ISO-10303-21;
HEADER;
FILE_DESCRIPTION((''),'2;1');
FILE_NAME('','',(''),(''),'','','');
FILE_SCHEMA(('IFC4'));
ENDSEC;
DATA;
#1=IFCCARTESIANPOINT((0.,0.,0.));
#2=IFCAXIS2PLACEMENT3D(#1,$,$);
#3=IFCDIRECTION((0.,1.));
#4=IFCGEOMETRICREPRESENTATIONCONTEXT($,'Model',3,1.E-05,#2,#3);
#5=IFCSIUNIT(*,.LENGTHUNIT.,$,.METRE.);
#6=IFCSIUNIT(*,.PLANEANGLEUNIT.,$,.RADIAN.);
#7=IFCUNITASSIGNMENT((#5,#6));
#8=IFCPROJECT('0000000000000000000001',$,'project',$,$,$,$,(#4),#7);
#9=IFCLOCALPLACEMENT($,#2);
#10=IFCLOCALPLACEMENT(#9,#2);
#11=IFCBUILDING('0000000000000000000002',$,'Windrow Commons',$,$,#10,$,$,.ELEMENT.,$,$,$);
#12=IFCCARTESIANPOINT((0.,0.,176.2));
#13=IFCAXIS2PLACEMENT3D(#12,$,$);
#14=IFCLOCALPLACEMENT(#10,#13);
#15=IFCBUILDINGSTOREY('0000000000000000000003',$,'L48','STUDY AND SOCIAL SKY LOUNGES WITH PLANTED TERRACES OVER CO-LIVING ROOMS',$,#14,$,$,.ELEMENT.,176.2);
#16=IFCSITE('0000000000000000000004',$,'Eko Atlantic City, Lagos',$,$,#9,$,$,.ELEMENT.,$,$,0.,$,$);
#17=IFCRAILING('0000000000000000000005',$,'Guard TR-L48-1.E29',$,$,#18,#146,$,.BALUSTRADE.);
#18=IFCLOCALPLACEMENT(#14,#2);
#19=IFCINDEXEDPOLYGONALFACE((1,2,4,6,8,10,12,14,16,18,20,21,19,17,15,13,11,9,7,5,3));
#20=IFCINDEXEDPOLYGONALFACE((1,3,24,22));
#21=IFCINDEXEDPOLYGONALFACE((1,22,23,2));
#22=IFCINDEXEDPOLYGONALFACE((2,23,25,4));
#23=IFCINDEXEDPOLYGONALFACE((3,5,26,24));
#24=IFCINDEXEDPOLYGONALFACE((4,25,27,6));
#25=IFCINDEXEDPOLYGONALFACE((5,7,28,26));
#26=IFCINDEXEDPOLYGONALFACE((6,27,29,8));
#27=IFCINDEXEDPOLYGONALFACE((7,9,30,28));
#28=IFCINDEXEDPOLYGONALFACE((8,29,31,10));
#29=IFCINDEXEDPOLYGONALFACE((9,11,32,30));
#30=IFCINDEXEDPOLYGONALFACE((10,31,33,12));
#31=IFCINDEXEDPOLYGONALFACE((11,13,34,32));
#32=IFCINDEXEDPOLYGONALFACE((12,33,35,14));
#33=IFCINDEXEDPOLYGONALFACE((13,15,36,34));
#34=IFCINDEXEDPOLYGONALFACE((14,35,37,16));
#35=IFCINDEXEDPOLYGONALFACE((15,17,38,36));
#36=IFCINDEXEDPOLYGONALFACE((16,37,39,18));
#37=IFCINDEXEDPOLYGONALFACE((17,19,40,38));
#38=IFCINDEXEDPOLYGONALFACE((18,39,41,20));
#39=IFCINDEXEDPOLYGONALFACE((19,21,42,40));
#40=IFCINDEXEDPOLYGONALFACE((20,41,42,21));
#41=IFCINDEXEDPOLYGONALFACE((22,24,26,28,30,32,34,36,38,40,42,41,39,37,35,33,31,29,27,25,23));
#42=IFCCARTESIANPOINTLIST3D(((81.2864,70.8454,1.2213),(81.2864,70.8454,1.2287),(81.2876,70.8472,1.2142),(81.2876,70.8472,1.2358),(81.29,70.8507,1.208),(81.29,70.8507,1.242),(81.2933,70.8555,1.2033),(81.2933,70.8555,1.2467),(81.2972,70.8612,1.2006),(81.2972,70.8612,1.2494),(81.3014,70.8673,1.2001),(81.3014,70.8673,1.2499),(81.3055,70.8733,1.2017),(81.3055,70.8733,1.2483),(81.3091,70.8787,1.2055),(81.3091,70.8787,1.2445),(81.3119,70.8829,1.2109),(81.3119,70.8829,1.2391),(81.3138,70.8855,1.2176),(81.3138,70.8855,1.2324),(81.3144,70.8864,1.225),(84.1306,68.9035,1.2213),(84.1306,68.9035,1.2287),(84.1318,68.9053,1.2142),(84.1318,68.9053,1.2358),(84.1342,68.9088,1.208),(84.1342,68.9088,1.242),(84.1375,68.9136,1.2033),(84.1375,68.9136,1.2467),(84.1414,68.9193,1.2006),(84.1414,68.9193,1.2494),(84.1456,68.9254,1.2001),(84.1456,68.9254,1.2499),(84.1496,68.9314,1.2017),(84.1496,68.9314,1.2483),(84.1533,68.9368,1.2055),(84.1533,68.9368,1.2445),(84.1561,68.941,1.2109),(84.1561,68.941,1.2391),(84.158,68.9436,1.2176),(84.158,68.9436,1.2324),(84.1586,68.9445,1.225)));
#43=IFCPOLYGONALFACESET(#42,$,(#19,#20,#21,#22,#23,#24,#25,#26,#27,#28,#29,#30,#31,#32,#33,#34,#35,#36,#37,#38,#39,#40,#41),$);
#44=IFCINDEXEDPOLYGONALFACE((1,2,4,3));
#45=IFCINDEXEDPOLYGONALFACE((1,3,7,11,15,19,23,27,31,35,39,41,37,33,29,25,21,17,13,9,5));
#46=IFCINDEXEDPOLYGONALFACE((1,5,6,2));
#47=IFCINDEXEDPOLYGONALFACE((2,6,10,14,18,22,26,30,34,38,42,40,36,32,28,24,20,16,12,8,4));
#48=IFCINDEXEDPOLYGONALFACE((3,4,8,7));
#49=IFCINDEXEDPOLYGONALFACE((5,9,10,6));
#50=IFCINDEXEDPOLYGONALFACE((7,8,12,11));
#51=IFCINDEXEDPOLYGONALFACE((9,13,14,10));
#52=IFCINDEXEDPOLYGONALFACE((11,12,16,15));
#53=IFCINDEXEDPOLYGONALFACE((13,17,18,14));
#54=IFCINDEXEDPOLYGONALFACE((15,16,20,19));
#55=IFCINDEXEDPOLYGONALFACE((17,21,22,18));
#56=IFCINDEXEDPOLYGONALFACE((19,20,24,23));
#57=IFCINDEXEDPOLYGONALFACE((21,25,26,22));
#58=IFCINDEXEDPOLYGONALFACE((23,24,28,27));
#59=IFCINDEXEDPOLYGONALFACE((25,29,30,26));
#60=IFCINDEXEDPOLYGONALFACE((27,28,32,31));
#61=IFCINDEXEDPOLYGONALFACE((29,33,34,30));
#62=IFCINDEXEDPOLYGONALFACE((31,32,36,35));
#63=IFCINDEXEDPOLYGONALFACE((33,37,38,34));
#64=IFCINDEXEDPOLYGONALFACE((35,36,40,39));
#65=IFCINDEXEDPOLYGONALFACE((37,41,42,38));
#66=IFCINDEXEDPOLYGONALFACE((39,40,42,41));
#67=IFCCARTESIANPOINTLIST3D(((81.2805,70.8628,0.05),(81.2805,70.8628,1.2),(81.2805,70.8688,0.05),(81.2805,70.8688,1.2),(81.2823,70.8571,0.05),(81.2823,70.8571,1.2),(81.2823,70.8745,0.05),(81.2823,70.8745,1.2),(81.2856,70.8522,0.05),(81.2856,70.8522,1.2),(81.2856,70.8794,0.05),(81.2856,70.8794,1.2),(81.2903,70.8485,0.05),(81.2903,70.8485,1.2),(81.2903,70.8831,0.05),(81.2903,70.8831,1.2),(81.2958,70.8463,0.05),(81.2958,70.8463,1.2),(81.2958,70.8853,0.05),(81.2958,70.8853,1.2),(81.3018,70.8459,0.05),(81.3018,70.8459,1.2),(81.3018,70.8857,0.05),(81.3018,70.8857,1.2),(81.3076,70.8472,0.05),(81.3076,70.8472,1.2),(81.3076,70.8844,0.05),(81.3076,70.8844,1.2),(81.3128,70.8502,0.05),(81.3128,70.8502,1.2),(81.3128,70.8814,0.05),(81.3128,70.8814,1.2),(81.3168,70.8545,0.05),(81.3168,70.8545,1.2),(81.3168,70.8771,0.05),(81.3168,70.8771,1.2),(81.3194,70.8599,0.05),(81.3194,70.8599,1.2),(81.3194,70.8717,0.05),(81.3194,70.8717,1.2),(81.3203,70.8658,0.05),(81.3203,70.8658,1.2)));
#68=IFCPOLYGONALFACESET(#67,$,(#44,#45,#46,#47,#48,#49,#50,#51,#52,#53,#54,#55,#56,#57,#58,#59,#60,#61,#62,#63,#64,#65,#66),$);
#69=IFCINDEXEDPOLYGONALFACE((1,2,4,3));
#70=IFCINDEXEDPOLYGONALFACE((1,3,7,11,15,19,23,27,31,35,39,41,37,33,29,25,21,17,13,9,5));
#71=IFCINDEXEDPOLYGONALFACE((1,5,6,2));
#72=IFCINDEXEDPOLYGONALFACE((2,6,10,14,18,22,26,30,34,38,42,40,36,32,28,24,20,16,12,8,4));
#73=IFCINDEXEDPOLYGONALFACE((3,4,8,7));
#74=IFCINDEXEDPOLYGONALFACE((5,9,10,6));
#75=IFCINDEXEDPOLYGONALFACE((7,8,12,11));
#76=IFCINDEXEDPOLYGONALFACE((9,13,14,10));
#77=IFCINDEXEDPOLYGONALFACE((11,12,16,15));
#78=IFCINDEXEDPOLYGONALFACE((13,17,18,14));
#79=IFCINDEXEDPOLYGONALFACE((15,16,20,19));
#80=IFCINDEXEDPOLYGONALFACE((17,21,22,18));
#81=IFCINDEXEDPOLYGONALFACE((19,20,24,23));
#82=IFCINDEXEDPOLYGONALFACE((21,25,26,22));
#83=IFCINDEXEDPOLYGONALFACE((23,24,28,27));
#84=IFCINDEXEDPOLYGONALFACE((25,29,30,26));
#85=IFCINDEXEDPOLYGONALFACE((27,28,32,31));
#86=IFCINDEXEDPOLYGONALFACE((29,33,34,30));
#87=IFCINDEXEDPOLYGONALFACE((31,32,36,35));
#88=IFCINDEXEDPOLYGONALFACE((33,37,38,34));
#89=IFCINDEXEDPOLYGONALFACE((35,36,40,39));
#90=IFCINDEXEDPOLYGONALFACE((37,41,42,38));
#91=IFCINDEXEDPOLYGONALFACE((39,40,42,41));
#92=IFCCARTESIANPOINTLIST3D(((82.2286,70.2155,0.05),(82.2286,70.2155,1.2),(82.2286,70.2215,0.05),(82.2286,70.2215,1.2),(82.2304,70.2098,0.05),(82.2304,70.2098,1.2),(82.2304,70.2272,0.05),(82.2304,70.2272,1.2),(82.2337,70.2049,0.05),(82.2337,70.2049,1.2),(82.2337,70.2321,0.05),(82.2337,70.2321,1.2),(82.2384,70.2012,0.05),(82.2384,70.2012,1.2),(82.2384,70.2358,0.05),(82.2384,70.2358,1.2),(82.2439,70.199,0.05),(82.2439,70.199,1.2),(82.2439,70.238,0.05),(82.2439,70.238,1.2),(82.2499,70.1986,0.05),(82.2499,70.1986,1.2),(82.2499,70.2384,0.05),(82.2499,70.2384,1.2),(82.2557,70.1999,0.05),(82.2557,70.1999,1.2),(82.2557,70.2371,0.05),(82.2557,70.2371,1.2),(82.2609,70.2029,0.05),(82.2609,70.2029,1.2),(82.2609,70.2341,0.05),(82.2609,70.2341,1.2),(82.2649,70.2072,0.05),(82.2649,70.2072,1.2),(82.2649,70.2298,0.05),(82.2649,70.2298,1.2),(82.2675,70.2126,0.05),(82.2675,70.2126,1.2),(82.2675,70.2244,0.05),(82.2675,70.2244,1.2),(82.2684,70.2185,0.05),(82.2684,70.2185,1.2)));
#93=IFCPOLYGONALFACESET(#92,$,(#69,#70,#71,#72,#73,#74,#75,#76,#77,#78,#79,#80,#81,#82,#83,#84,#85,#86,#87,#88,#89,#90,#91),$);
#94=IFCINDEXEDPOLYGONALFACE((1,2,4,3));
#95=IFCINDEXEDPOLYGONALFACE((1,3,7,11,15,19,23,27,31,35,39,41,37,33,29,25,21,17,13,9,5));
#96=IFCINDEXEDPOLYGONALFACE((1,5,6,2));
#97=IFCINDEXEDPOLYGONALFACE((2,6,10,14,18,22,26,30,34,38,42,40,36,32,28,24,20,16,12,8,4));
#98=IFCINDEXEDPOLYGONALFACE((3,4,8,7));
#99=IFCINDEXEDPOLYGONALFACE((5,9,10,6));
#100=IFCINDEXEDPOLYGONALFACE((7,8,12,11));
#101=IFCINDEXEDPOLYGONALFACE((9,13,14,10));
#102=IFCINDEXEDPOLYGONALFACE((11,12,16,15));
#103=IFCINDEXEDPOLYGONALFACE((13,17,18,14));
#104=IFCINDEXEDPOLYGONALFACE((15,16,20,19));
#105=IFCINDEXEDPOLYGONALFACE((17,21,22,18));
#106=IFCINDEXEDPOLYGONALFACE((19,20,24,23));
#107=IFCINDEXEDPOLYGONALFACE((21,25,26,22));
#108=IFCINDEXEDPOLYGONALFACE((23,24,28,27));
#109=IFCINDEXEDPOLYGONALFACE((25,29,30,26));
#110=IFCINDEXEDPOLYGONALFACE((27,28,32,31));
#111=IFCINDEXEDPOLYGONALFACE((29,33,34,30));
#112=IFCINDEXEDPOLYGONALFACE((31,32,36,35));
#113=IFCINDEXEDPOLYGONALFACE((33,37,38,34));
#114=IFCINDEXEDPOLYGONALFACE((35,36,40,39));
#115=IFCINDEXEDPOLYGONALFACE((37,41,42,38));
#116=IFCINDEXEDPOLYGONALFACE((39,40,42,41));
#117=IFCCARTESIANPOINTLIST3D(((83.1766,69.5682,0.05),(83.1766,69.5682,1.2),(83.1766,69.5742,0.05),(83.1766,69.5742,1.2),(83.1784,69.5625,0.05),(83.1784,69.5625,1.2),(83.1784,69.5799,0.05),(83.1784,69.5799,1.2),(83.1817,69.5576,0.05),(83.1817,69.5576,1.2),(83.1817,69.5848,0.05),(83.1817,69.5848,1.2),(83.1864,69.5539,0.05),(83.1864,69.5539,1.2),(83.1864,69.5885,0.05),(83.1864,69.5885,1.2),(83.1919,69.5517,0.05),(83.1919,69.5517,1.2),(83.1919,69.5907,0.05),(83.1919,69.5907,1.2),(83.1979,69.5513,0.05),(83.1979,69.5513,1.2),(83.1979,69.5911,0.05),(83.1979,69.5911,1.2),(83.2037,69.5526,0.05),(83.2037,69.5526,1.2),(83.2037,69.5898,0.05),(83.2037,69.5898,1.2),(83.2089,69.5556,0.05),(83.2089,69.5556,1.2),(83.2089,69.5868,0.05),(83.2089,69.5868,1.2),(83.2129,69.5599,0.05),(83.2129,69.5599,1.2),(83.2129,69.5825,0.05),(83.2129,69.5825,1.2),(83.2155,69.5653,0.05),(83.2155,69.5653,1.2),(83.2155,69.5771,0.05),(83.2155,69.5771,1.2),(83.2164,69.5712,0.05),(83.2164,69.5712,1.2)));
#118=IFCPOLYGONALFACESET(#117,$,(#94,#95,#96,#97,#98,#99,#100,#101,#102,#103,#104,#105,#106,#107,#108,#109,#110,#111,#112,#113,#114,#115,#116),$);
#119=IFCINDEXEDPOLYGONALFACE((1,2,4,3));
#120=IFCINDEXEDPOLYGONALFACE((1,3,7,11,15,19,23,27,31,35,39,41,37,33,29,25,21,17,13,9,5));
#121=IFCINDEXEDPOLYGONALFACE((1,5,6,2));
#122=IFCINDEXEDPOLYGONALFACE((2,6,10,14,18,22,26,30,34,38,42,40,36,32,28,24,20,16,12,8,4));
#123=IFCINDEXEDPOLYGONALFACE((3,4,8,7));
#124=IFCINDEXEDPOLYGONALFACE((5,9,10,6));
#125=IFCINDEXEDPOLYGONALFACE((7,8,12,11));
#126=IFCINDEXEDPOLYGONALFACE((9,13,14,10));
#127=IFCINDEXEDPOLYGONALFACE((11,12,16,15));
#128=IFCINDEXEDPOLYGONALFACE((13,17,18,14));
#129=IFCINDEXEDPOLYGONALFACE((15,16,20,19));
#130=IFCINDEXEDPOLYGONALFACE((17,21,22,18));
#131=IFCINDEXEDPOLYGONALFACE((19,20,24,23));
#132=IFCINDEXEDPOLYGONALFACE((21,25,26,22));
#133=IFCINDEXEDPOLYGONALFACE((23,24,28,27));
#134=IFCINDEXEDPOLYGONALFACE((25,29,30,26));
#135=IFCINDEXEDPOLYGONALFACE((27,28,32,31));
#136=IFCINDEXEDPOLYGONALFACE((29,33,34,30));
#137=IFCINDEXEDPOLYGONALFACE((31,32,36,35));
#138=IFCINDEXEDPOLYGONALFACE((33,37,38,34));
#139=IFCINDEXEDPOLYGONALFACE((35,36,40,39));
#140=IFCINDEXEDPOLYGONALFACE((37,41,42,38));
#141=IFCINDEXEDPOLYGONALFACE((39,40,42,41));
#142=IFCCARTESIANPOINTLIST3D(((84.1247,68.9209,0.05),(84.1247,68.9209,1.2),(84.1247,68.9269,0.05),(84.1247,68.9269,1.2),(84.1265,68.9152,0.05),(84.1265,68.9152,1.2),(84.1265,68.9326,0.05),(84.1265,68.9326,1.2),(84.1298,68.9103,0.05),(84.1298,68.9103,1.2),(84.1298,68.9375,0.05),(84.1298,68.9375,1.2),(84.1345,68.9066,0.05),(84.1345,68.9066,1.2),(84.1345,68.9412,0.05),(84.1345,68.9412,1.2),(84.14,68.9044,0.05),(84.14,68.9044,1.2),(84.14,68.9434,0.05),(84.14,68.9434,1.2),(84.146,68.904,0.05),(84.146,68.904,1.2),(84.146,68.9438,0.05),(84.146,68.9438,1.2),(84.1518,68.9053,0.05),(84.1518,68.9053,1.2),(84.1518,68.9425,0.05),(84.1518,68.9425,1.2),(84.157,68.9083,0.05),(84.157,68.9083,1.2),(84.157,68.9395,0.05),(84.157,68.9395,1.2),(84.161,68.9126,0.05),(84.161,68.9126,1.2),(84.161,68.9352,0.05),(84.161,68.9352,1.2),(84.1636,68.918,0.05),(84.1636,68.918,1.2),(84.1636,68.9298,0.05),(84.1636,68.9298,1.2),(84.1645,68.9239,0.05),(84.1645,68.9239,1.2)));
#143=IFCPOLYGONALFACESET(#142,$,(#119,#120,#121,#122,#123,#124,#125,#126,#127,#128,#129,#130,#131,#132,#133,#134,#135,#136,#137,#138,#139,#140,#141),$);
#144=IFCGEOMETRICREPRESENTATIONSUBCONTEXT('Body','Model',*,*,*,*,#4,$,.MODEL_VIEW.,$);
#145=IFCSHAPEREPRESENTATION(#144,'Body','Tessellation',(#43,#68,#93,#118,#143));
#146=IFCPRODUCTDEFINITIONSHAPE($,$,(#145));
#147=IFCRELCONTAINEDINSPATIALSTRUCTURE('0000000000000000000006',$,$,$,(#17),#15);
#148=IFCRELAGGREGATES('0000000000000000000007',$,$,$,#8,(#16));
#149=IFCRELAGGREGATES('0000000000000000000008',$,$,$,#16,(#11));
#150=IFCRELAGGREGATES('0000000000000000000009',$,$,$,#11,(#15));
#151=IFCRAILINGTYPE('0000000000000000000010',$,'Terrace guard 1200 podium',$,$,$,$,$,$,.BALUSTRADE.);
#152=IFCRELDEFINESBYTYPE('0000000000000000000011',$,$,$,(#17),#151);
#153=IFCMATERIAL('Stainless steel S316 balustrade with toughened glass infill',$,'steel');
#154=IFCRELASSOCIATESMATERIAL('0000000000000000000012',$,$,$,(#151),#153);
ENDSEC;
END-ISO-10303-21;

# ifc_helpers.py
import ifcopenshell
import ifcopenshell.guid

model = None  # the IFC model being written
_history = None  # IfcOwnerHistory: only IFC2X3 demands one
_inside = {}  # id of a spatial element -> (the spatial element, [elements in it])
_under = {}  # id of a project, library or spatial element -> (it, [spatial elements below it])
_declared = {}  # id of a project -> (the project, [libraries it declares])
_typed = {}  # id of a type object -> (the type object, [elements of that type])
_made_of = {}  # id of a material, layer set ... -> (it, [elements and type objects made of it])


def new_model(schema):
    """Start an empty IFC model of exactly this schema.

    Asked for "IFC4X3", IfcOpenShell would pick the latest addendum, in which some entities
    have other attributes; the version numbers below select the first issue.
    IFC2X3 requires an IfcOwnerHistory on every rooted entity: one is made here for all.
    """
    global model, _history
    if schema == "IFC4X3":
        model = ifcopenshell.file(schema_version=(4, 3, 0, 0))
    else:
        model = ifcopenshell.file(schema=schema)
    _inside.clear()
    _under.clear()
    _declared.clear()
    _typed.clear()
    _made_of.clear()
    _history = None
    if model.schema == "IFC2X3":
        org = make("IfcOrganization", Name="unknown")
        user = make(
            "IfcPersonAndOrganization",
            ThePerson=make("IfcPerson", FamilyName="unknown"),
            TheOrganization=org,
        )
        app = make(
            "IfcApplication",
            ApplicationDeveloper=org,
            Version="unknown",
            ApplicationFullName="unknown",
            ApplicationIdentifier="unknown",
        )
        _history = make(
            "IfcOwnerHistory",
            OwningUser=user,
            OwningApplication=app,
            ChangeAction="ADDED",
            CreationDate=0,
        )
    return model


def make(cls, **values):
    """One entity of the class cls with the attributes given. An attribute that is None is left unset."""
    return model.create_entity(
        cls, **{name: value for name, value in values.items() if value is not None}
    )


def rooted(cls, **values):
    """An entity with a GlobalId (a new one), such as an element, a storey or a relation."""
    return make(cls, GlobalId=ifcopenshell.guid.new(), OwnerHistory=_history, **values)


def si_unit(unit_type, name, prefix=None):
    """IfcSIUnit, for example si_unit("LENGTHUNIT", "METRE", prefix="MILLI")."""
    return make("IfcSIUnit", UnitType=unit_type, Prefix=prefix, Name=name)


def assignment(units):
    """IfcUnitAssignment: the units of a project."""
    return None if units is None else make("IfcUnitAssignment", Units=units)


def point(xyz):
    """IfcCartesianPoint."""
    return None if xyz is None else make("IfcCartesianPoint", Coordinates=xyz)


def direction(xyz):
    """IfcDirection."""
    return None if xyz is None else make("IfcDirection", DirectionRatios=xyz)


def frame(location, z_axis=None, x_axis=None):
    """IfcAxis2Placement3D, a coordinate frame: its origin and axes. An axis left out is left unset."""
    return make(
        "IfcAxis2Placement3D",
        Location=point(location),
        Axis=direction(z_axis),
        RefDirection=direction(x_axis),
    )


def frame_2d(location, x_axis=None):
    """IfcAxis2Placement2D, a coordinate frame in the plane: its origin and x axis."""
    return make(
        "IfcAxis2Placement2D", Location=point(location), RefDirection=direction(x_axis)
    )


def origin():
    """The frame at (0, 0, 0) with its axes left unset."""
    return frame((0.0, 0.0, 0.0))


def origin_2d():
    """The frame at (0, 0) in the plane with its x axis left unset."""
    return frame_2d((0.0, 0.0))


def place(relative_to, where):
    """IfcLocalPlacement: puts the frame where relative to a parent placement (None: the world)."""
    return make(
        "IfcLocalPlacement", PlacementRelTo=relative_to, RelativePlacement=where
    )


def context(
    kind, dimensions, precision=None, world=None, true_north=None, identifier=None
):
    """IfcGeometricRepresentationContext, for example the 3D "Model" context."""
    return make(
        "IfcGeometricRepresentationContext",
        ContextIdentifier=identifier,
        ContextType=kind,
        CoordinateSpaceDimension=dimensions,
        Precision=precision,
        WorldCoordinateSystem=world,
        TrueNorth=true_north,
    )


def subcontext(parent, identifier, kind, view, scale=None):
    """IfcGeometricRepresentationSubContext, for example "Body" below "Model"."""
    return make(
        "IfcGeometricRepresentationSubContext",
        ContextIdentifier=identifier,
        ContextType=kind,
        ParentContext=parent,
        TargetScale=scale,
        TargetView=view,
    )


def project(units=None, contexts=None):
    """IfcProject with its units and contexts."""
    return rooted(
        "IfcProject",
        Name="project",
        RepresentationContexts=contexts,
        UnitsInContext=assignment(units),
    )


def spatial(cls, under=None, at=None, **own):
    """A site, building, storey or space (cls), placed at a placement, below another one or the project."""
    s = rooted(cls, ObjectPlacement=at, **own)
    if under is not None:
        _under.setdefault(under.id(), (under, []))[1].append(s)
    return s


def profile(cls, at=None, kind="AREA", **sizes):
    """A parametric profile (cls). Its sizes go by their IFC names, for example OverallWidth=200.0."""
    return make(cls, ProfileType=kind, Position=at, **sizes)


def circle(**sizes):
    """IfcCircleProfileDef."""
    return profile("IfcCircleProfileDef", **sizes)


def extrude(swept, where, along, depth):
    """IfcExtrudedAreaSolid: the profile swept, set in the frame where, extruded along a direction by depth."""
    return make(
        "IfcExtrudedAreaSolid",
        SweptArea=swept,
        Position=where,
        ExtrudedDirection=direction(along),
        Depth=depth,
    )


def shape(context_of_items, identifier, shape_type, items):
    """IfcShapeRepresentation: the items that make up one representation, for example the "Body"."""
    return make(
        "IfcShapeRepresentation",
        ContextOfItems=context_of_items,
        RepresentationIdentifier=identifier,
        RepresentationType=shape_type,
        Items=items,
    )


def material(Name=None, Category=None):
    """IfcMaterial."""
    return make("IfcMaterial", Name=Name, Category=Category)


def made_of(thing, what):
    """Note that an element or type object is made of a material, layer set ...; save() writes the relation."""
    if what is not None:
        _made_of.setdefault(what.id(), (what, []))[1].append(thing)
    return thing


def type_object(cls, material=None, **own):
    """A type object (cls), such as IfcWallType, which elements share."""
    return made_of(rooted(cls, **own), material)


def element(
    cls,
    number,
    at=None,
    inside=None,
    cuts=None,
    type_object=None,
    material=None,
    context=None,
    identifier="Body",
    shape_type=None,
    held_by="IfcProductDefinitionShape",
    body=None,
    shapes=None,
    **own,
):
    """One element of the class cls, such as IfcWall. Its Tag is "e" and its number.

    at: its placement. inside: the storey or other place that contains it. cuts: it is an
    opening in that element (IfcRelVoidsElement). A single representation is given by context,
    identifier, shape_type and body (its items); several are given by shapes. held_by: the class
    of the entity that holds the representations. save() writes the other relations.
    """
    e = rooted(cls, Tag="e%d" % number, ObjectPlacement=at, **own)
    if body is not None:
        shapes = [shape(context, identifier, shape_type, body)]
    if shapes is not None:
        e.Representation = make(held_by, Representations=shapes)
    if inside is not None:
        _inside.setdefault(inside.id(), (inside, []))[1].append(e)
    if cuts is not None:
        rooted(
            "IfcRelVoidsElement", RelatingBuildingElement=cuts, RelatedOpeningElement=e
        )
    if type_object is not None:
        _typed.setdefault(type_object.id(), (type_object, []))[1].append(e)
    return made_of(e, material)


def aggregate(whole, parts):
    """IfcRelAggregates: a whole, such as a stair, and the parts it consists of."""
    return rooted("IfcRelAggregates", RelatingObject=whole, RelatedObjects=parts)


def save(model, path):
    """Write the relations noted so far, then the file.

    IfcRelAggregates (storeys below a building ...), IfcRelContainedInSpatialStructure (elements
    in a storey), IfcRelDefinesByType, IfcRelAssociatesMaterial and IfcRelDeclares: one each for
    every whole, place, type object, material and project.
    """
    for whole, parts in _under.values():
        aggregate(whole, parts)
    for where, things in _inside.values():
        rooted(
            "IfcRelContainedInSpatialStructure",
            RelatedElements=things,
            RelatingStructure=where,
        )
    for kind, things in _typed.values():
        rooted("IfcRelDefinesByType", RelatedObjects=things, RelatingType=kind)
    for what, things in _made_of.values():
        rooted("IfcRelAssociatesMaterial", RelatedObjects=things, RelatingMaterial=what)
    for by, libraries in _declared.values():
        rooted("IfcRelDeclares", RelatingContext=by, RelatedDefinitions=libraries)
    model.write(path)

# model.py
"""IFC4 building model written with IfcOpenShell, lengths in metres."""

from ifc_helpers import new_model, si_unit, direction, frame, origin, origin_2d, place, context, subcontext, project, spatial, circle, extrude, material, type_object, element, save


model = new_model("IFC4")

# Units and contexts
model_context = context("Model", 3, precision=1e-05, world=origin(), true_north=direction((0.0, 1.0)))
body_context = subcontext(model_context, "Body", "Model", "MODEL_VIEW")
ifc_project = project(units=[si_unit("LENGTHUNIT", "METRE"), si_unit("PLANEANGLEUNIT", "RADIAN")], contexts=[model_context])

# Site, building, storey
site_placement = place(None, origin())
site = spatial("IfcSite", under=ifc_project, at=site_placement, Name="Eko Atlantic City, Lagos", CompositionType="ELEMENT", RefElevation=0.0)
building_placement = place(site_placement, origin())
building = spatial("IfcBuilding", under=site, at=building_placement, Name="Windrow Commons", CompositionType="ELEMENT")
storey_placement = place(building_placement, frame((0.0, 0.0, 176.2)))
storey = spatial("IfcBuildingStorey", under=building, at=storey_placement, Name="L48", Description="STUDY AND SOCIAL SKY LOUNGES WITH PLANTED TERRACES OVER CO-LIVING ROOMS", CompositionType="ELEMENT", Elevation=176.2)

# Railing
ifc_material_1 = material(Name="Stainless steel S316 balustrade with toughened glass infill", Category="steel")
railing_type_1 = type_object("IfcRailingType", Name="Terrace guard 1200 podium", PredefinedType="BALUSTRADE", material=ifc_material_1)
railing_1_placement = place(storey_placement, frame((81.3003, 70.8658, 0.05)))
element("IfcRailing", 1, at=railing_1_placement, inside=storey, type_object=railing_type_1, Name="Guard TR-L48-1.E29", PredefinedType="BALUSTRADE", context=body_context, shape_type="SweptSolid", body=[
    extrude(circle(Radius=0.025, at=origin_2d()), frame((0.0, 0.0, 1.175), z_axis=(0.825866, -0.563866, 0.0), x_axis=(0.563866, 0.825866, 0.0)), (0.0, 0.0, 1.0), 3.4439),
    extrude(circle(Radius=0.02, at=origin_2d()), origin(), (0.0, 0.0, 1.0), 1.15),
    extrude(circle(Radius=0.02, at=origin_2d()), frame((0.9481, -0.6473, 0.0)), (0.0, 0.0, 1.0), 1.15),
    extrude(circle(Radius=0.02, at=origin_2d()), frame((1.8961, -1.2946, 0.0)), (0.0, 0.0, 1.0), 1.15),
    extrude(circle(Radius=0.02, at=origin_2d()), frame((2.8442, -1.9419, 0.0)), (0.0, 0.0, 1.0), 1.15),
])

save(model, "model.ifc")
